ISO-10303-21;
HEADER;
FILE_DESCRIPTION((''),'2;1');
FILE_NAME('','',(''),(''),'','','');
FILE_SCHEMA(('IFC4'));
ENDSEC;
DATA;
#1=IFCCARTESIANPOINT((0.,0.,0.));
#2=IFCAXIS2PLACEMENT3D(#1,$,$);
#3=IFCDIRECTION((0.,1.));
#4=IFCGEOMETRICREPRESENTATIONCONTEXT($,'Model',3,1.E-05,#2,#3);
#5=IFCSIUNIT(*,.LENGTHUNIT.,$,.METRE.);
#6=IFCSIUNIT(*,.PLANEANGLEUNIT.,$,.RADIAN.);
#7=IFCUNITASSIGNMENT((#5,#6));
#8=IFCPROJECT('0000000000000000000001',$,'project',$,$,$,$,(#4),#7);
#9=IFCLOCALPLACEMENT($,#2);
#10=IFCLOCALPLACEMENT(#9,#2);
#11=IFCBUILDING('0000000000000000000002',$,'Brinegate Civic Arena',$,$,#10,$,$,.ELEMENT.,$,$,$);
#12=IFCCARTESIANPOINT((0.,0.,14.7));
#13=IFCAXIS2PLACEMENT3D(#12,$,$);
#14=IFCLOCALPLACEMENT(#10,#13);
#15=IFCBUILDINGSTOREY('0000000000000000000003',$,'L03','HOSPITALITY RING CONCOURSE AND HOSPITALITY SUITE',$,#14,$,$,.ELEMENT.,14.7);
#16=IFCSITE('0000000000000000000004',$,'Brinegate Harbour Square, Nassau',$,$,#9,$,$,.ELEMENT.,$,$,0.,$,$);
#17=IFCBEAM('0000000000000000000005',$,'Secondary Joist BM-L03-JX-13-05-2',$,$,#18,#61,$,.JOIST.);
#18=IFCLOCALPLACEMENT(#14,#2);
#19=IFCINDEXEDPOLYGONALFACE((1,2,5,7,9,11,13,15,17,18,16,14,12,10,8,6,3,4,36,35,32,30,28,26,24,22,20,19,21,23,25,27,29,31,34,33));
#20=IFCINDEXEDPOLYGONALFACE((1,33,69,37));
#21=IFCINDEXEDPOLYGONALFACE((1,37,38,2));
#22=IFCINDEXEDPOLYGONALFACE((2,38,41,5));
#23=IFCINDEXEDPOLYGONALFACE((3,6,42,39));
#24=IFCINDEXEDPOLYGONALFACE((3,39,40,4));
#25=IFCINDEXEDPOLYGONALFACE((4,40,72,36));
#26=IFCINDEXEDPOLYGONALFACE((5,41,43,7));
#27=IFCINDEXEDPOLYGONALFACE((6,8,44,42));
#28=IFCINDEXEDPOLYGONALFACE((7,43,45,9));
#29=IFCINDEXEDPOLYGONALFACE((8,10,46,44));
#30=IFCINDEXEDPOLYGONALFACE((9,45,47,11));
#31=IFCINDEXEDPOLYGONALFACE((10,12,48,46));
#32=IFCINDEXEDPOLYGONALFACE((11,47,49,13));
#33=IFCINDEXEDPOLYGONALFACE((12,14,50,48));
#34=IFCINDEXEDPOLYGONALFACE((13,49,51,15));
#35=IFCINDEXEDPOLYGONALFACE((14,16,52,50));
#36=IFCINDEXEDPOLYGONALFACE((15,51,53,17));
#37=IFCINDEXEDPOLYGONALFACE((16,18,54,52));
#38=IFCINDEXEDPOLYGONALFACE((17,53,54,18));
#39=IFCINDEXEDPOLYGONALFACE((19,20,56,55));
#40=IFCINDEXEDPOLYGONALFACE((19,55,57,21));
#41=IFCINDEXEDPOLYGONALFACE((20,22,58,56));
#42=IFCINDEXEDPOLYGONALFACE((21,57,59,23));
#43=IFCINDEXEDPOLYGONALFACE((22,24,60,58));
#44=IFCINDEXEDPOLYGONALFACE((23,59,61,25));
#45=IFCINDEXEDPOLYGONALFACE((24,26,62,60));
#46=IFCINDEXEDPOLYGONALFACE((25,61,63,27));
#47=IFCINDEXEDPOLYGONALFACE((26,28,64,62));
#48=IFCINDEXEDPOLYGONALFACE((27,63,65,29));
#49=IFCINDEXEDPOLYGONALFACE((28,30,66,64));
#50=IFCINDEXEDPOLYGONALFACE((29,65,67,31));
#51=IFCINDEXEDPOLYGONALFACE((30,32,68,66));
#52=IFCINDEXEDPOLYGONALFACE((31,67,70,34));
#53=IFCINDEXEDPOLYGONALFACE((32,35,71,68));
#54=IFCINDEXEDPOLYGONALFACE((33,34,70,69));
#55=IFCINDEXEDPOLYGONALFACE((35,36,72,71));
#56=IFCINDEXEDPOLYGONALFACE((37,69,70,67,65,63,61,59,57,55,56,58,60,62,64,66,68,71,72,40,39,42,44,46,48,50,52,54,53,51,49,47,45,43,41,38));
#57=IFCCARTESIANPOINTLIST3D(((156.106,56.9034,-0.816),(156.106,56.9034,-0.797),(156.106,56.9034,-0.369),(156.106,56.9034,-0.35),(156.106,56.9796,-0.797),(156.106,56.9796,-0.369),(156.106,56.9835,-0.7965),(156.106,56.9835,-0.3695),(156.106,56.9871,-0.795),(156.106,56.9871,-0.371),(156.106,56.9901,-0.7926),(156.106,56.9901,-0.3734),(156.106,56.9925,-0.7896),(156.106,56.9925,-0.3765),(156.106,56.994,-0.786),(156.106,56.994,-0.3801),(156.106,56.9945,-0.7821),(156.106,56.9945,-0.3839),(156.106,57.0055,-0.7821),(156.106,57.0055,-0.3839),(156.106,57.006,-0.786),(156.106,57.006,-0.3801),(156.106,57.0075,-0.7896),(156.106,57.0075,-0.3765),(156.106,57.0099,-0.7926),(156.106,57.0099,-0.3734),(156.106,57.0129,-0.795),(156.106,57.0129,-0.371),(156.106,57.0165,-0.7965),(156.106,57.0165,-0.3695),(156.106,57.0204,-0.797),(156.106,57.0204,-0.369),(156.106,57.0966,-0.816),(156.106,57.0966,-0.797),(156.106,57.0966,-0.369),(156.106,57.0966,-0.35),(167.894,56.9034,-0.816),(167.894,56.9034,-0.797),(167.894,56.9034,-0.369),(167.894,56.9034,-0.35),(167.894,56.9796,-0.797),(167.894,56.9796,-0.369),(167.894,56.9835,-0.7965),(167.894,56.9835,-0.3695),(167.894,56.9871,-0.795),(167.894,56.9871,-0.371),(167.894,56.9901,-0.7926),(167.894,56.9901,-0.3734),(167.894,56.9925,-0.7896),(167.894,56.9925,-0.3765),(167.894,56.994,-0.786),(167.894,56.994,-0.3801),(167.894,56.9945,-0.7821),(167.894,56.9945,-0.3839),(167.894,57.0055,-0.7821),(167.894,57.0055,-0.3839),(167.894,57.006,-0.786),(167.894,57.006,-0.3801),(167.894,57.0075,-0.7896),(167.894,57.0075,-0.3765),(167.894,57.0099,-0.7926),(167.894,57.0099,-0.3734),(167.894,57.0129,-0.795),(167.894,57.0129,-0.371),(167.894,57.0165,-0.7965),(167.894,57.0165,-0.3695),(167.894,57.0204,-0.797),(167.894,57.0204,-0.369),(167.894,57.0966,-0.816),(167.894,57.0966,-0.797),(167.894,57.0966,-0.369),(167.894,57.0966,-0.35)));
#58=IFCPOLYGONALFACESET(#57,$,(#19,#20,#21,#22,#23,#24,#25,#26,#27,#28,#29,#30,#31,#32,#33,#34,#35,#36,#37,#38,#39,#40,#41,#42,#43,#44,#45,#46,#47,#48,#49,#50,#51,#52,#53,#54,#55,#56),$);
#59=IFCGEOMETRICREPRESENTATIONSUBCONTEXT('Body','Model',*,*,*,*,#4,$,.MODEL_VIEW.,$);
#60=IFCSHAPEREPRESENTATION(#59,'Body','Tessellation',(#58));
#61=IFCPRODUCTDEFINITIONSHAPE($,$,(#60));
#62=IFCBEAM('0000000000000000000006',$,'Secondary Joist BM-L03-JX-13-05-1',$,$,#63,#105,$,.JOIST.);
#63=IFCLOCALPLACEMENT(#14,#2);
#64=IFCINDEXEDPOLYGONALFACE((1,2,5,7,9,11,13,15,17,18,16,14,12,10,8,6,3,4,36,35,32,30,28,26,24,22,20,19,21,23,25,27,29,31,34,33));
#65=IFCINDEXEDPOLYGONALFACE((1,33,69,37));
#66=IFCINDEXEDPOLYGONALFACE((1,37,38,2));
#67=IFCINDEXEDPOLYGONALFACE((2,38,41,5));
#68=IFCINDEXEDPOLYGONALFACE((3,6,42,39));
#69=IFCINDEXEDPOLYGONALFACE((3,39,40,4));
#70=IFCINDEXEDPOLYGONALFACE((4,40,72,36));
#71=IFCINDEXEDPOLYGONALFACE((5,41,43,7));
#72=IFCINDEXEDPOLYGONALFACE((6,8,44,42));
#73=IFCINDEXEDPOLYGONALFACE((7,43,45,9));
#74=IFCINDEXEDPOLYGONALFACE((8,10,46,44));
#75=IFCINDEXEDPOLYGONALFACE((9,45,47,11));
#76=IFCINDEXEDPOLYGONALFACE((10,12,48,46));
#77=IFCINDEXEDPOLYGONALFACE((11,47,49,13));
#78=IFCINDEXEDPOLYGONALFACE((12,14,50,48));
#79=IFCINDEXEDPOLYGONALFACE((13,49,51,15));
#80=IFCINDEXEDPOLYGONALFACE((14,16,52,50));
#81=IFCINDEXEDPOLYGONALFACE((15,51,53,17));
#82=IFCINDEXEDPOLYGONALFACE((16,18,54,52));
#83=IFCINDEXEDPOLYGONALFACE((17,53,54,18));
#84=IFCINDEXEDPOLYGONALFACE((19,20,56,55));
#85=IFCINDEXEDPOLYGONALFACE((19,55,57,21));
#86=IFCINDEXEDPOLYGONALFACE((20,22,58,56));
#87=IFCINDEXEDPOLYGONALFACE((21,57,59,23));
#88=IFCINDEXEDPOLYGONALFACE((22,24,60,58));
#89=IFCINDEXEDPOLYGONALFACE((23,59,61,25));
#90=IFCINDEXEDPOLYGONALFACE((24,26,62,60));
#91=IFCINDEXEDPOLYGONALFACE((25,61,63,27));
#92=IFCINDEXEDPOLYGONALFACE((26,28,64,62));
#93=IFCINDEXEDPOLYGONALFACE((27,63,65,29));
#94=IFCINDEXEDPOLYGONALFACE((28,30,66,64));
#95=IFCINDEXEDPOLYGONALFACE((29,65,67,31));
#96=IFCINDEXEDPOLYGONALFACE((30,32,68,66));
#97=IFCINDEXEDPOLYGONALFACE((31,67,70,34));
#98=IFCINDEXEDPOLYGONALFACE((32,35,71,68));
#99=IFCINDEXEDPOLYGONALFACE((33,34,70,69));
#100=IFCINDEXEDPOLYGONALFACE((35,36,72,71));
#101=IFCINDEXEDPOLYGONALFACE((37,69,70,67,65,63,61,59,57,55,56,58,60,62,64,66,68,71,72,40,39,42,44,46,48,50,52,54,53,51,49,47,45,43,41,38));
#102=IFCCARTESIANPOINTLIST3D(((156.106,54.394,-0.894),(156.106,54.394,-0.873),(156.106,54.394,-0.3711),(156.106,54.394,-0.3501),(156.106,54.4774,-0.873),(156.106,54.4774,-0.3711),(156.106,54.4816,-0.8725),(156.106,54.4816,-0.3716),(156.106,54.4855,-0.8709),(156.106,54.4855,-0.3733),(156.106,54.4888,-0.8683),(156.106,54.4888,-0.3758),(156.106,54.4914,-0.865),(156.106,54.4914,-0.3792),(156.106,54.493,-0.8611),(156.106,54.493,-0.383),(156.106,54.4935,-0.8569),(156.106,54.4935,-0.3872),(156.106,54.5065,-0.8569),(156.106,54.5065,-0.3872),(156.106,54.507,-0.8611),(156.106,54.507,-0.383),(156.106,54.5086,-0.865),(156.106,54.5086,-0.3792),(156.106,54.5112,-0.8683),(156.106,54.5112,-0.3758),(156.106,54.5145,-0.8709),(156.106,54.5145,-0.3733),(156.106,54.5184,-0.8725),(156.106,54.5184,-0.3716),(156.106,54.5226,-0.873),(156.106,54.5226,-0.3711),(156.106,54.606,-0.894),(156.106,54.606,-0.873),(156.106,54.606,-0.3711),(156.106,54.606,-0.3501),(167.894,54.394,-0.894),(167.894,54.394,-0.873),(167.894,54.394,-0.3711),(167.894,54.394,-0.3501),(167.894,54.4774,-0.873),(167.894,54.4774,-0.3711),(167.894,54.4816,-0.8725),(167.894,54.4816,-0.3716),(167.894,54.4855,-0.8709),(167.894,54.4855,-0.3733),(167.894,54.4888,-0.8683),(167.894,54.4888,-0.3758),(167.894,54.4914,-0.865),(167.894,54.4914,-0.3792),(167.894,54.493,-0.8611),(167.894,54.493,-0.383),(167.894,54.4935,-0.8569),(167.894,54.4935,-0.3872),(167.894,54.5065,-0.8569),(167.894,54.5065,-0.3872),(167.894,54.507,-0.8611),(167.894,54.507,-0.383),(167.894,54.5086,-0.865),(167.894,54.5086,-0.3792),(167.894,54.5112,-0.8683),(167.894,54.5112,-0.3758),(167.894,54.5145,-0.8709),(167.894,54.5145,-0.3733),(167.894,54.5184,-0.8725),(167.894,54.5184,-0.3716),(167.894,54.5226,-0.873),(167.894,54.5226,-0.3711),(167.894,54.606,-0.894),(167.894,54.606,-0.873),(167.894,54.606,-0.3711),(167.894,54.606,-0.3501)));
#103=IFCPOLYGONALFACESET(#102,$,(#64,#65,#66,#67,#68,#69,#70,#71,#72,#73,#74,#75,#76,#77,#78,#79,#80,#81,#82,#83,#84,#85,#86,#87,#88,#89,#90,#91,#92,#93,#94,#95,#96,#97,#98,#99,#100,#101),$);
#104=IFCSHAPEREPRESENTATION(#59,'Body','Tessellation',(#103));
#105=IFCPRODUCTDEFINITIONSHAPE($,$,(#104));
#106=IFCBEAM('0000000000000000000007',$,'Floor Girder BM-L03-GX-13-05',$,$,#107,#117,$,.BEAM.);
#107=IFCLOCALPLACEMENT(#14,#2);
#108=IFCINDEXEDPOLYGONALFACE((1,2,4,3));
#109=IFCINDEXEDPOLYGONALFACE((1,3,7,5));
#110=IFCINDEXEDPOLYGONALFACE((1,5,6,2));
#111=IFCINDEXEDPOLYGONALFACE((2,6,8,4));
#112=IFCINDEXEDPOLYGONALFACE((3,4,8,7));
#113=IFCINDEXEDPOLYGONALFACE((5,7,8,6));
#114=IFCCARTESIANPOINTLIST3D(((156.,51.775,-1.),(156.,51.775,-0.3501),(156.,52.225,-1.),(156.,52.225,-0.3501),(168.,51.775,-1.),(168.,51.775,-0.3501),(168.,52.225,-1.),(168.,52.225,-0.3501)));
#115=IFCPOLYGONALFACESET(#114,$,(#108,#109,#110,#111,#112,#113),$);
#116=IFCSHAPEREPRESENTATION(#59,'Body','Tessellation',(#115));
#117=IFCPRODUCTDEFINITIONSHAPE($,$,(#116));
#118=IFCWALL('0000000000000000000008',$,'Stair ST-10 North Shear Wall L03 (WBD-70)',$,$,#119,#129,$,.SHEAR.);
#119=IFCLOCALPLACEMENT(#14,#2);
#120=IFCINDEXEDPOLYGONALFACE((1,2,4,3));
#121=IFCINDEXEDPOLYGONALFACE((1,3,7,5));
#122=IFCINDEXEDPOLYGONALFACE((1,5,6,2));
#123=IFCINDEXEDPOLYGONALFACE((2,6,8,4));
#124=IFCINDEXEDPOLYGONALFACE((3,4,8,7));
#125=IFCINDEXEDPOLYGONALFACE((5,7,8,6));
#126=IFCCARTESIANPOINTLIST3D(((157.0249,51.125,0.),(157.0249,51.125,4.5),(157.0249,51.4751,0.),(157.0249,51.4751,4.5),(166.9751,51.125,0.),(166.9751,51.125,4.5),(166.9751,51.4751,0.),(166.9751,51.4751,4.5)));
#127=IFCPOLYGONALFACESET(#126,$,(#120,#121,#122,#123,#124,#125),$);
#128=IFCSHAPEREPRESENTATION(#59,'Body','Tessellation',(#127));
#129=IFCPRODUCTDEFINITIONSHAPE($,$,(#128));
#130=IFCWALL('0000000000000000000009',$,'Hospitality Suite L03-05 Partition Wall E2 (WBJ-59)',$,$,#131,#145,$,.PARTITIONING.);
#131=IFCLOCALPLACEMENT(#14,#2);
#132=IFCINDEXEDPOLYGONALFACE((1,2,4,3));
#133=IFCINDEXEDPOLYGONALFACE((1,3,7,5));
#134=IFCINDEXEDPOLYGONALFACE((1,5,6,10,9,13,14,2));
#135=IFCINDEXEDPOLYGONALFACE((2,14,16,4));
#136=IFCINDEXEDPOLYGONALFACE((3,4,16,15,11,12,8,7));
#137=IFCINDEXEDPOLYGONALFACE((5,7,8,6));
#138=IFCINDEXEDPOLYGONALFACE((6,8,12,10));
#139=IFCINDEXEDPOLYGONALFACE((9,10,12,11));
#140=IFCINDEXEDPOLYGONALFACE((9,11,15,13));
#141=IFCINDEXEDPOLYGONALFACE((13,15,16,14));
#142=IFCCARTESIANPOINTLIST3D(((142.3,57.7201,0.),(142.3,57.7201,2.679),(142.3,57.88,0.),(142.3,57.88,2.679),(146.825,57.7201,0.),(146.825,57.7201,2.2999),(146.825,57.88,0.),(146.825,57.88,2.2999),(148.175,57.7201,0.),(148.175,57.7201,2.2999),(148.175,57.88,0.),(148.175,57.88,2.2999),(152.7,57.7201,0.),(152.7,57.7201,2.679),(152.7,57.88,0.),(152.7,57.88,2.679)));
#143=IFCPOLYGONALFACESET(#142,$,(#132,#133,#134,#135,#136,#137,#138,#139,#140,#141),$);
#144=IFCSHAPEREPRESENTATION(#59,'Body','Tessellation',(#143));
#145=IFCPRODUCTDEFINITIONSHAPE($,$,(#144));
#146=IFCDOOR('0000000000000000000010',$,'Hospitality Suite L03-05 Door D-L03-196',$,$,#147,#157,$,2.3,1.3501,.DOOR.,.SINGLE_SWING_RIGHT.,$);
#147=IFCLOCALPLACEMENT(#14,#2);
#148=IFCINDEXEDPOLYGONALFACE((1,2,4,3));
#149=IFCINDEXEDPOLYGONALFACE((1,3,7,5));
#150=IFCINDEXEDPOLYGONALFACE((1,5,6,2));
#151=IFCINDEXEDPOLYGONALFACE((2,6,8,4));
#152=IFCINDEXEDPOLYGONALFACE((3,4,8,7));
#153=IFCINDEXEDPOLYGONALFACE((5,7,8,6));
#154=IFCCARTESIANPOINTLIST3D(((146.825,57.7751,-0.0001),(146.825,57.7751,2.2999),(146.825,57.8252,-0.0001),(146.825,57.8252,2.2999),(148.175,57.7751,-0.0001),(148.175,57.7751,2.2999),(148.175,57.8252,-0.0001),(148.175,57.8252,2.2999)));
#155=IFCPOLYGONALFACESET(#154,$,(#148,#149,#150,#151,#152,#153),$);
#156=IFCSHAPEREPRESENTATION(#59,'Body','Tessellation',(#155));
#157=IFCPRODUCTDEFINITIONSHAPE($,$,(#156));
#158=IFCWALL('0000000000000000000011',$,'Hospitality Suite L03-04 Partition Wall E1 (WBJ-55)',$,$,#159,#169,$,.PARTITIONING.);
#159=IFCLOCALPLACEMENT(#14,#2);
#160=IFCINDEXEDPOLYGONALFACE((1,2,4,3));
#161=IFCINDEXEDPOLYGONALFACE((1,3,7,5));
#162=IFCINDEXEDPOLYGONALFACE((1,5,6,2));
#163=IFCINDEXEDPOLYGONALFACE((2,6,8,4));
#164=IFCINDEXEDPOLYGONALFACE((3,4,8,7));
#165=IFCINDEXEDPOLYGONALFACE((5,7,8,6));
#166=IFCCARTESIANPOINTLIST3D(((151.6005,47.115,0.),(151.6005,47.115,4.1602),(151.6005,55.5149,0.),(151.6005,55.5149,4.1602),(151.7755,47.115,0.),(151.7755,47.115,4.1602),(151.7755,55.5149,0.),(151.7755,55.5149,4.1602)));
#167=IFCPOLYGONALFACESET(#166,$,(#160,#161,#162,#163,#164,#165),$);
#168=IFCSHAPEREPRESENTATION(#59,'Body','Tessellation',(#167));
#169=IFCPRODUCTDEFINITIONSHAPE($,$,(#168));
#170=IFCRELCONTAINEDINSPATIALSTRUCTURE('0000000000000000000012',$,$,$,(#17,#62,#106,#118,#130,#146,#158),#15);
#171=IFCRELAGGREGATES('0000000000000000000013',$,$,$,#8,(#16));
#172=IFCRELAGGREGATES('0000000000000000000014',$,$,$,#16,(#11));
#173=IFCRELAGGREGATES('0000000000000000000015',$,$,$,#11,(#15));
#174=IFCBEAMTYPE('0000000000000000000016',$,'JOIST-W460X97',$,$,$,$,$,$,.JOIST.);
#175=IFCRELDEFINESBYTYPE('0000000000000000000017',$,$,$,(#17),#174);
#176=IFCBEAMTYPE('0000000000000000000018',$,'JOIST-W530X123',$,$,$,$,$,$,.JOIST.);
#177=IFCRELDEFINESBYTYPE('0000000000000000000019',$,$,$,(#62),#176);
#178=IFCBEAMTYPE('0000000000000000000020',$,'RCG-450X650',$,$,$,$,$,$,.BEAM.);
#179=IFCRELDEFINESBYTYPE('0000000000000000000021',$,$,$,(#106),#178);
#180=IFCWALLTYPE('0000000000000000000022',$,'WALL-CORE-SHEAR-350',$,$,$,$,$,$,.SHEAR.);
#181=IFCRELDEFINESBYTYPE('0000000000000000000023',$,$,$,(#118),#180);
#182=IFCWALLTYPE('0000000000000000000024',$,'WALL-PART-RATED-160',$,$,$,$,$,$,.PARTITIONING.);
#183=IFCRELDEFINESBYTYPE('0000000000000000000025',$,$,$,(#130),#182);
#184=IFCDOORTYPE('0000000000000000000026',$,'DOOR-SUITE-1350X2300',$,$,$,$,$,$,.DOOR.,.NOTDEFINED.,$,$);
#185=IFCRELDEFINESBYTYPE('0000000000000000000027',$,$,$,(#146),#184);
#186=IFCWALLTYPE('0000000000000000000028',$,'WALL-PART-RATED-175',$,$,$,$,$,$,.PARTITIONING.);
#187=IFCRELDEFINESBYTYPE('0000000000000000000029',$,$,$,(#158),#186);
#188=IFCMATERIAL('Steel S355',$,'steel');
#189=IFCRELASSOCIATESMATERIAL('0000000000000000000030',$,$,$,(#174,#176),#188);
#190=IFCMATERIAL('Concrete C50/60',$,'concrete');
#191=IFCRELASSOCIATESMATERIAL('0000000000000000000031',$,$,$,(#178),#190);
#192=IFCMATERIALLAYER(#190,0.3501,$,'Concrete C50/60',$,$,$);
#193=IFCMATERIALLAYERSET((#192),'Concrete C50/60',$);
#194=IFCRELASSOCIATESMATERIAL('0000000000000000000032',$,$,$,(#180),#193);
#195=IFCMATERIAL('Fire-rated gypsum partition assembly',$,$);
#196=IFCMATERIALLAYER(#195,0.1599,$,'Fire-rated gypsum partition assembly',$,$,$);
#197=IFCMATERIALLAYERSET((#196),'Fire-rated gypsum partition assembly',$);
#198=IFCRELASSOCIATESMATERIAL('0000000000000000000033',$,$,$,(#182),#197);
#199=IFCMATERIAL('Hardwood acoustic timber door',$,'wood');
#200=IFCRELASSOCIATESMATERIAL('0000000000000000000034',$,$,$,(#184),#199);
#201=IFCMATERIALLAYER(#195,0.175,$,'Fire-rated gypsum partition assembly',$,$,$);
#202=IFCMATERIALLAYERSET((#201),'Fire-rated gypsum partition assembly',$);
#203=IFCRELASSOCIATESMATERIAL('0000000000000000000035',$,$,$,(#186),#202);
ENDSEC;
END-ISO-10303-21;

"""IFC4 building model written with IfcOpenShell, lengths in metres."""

from ifc_helpers import new_model, si_unit, direction, frame, frame_2d, origin, origin_2d, place, context, subcontext, project, spatial, rectangle, i_section, extrude, material, layer, layer_set, material_profile, profile_set, type_object, element, fill, save


model = new_model("IFC4")

# Units and contexts
model_context = context("Model", 3, precision=1e-05, world=origin(), true_north=direction((0.0, 1.0)))
body_context = subcontext(model_context, "Body", "Model", "MODEL_VIEW")
ifc_project = project(units=[si_unit("LENGTHUNIT", "METRE"), si_unit("PLANEANGLEUNIT", "RADIAN")], contexts=[model_context])

# Site, building, storey
site_placement = place(None, origin())
site = spatial("IfcSite", under=ifc_project, at=site_placement, Name="Brinegate Harbour Square, Nassau", CompositionType="ELEMENT", RefElevation=0.0)
building_placement = place(site_placement, origin())
building = spatial("IfcBuilding", under=site, at=building_placement, Name="Brinegate Civic Arena", CompositionType="ELEMENT")
storey_placement = place(building_placement, frame((0.0, 0.0, 14.7)))
storey = spatial("IfcBuildingStorey", under=building, at=storey_placement, Name="L03", Description="HOSPITALITY RING CONCOURSE AND HOSPITALITY SUITE", CompositionType="ELEMENT", Elevation=14.7)

# Shared definitions
ifc_material_1 = material(Name="Concrete C50/60", Category="concrete")

# Beams
ifc_material_2 = material(Name="Steel S355", Category="steel")
ifc_material_profile_1 = material_profile(ifc_material_2, i_section(OverallWidth=0.1931, OverallDepth=0.4661, WebThickness=0.011, FlangeThickness=0.019, FilletRadius=0.0149, at=origin_2d()), Name="W460X97")
ifc_profile_set_1 = profile_set([ifc_material_profile_1], Name="Steel S355")
beam_type_1 = type_object("IfcBeamType", Name="JOIST-W460X97", PredefinedType="JOIST", material=ifc_profile_set_1)
beam_1_placement = place(storey_placement, frame((156.106, 57.0, -0.583), z_axis=(1.0, 0.0, 0.0), x_axis=(0.0, 1.0, 0.0)))
element("IfcBeam", 1, at=beam_1_placement, inside=storey, type_object=beam_type_1, Name="Secondary Joist BM-L03-JX-13-05-2", PredefinedType="JOIST", context=body_context, shape_type="SweptSolid", body=[
    extrude(i_section(OverallWidth=0.1931, OverallDepth=0.4661, WebThickness=0.011, FlangeThickness=0.019, FilletRadius=0.0149, at=origin_2d()), origin(), (0.0, 0.0, 1.0), 11.7881),
])
ifc_material_profile_2 = material_profile(ifc_material_2, i_section(OverallWidth=0.2119, OverallDepth=0.5439, WebThickness=0.0129, FlangeThickness=0.021, FilletRadius=0.0161, at=origin_2d()), Name="W530X123")
ifc_profile_set_2 = profile_set([ifc_material_profile_2], Name="Steel S355")
beam_type_2 = type_object("IfcBeamType", Name="JOIST-W530X123", PredefinedType="JOIST", material=ifc_profile_set_2)
beam_2_placement = place(storey_placement, frame((156.106, 54.5, -0.6221), z_axis=(1.0, 0.0, 0.0), x_axis=(0.0, 1.0, 0.0)))
element("IfcBeam", 2, at=beam_2_placement, inside=storey, type_object=beam_type_2, Name="Secondary Joist BM-L03-JX-13-05-1", PredefinedType="JOIST", context=body_context, shape_type="SweptSolid", body=[
    extrude(i_section(OverallWidth=0.2119, OverallDepth=0.5439, WebThickness=0.0129, FlangeThickness=0.021, FilletRadius=0.0161, at=origin_2d()), origin(), (0.0, 0.0, 1.0), 11.7881),
])
ifc_material_profile_3 = material_profile(ifc_material_1, rectangle(XDim=0.45, YDim=0.6499, at=origin_2d()), Name="RCB450X650")
ifc_profile_set_3 = profile_set([ifc_material_profile_3], Name="Concrete C50/60")
beam_type_3 = type_object("IfcBeamType", Name="RCG-450X650", PredefinedType="BEAM", material=ifc_profile_set_3)
beam_3_placement = place(storey_placement, frame((156.0, 52.0, -0.675), z_axis=(1.0, 0.0, 0.0), x_axis=(0.0, 1.0, 0.0)))
element("IfcBeam", 3, at=beam_3_placement, inside=storey, type_object=beam_type_3, Name="Floor Girder BM-L03-GX-13-05", PredefinedType="BEAM", context=body_context, shape_type="SweptSolid", body=[
    extrude(rectangle(XDim=0.45, YDim=0.6499, at=origin_2d()), origin(), (0.0, 0.0, 1.0), 12.0),
])

# Wall
ifc_layer_1 = layer(ifc_material_1, 0.3501, Name="Concrete C50/60")
ifc_layer_set_1 = layer_set([ifc_layer_1], Name="Concrete C50/60")
wall_type_1 = type_object("IfcWallType", Name="WALL-CORE-SHEAR-350", PredefinedType="SHEAR", material=ifc_layer_set_1)
wall_1_placement = place(storey_placement, frame((157.0249, 51.3, 0.0), z_axis=(0.0, 0.0, 1.0), x_axis=(1.0, 0.0, 0.0)))
element("IfcWall", 4, at=wall_1_placement, inside=storey, type_object=wall_type_1, Name="Stair ST-10 North Shear Wall L03 (WBD-70)", PredefinedType="SHEAR", context=body_context, shape_type="SweptSolid", body=[
    extrude(rectangle(XDim=9.9502, YDim=0.3501, at=frame_2d((4.9751, 0.0))), origin(), (0.0, 0.0, 1.0), 4.5),
])

# Wall, opening, door
ifc_material_3 = material(Name="Fire-rated gypsum partition assembly")
ifc_layer_2 = layer(ifc_material_3, 0.1599, Name="Fire-rated gypsum partition assembly")
ifc_layer_set_2 = layer_set([ifc_layer_2], Name="Fire-rated gypsum partition assembly")
wall_type_2 = type_object("IfcWallType", Name="WALL-PART-RATED-160", PredefinedType="PARTITIONING", material=ifc_layer_set_2)
wall_2_placement = place(storey_placement, frame((152.7, 57.8, 0.0), z_axis=(0.0, 0.0, 1.0), x_axis=(-1.0, 0.0, 0.0)))
wall_2 = element("IfcWall", 5, at=wall_2_placement, inside=storey, type_object=wall_type_2, Name="Hospitality Suite L03-05 Partition Wall E2 (WBJ-59)", PredefinedType="PARTITIONING", context=body_context, shape_type="SweptSolid", body=[
    extrude(rectangle(XDim=10.3999, YDim=0.1599, at=frame_2d((5.2, 0.0))), origin(), (0.0, 0.0, 1.0), 2.679),
])
opening_1_placement = place(wall_2_placement, frame((4.5249, 0.0, 0.0)))
opening_1 = element("IfcOpeningElement", 6, at=opening_1_placement, cuts=wall_2, PredefinedType="OPENING", context=body_context, shape_type="SweptSolid", body=[
    extrude(rectangle(XDim=1.3501, YDim=2.3, at=frame_2d((0.675, 1.1499))), frame((0.0, 0.0898, 0.0), z_axis=(0.0, -1.0, 0.0), x_axis=(1.0, 0.0, 0.0)), (0.0, 0.0, 1.0), 0.1799),
])
ifc_material_4 = material(Name="Hardwood acoustic timber door", Category="wood")
door_type_1 = type_object("IfcDoorType", Name="DOOR-SUITE-1350X2300", OperationType="NOTDEFINED", PredefinedType="DOOR", material=ifc_material_4)
door_1_placement = place(opening_1_placement, origin())
door_1 = element("IfcDoor", 7, at=door_1_placement, inside=storey, type_object=door_type_1, Name="Hospitality Suite L03-05 Door D-L03-196", OperationType="SINGLE_SWING_RIGHT", OverallHeight=2.3, OverallWidth=1.3501, PredefinedType="DOOR", context=body_context, shape_type="SweptSolid", body=[
    extrude(rectangle(XDim=1.3501, YDim=2.3, at=frame_2d((0.675, 1.1499))), frame((0.0, 0.0249, 0.0), z_axis=(0.0, -1.0, 0.0), x_axis=(1.0, 0.0, 0.0)), (0.0, 0.0, 1.0), 0.05),
])
fill(opening_1, door_1)

# Wall
ifc_layer_3 = layer(ifc_material_3, 0.175, Name="Fire-rated gypsum partition assembly")
ifc_layer_set_3 = layer_set([ifc_layer_3], Name="Fire-rated gypsum partition assembly")
wall_type_3 = type_object("IfcWallType", Name="WALL-PART-RATED-175", PredefinedType="PARTITIONING", material=ifc_layer_set_3)
wall_3_placement = place(storey_placement, frame((151.688, 55.5149, 0.0), z_axis=(0.0, 0.0, 1.0), x_axis=(0.0, -1.0, 0.0)))
element("IfcWall", 8, at=wall_3_placement, inside=storey, type_object=wall_type_3, Name="Hospitality Suite L03-04 Partition Wall E1 (WBJ-55)", PredefinedType="PARTITIONING", context=body_context, shape_type="SweptSolid", body=[
    extrude(rectangle(XDim=8.3999, YDim=0.175, at=frame_2d((4.2, 0.0))), origin(), (0.0, 0.0, 1.0), 4.1602),
])

save(model, "model.ifc")
